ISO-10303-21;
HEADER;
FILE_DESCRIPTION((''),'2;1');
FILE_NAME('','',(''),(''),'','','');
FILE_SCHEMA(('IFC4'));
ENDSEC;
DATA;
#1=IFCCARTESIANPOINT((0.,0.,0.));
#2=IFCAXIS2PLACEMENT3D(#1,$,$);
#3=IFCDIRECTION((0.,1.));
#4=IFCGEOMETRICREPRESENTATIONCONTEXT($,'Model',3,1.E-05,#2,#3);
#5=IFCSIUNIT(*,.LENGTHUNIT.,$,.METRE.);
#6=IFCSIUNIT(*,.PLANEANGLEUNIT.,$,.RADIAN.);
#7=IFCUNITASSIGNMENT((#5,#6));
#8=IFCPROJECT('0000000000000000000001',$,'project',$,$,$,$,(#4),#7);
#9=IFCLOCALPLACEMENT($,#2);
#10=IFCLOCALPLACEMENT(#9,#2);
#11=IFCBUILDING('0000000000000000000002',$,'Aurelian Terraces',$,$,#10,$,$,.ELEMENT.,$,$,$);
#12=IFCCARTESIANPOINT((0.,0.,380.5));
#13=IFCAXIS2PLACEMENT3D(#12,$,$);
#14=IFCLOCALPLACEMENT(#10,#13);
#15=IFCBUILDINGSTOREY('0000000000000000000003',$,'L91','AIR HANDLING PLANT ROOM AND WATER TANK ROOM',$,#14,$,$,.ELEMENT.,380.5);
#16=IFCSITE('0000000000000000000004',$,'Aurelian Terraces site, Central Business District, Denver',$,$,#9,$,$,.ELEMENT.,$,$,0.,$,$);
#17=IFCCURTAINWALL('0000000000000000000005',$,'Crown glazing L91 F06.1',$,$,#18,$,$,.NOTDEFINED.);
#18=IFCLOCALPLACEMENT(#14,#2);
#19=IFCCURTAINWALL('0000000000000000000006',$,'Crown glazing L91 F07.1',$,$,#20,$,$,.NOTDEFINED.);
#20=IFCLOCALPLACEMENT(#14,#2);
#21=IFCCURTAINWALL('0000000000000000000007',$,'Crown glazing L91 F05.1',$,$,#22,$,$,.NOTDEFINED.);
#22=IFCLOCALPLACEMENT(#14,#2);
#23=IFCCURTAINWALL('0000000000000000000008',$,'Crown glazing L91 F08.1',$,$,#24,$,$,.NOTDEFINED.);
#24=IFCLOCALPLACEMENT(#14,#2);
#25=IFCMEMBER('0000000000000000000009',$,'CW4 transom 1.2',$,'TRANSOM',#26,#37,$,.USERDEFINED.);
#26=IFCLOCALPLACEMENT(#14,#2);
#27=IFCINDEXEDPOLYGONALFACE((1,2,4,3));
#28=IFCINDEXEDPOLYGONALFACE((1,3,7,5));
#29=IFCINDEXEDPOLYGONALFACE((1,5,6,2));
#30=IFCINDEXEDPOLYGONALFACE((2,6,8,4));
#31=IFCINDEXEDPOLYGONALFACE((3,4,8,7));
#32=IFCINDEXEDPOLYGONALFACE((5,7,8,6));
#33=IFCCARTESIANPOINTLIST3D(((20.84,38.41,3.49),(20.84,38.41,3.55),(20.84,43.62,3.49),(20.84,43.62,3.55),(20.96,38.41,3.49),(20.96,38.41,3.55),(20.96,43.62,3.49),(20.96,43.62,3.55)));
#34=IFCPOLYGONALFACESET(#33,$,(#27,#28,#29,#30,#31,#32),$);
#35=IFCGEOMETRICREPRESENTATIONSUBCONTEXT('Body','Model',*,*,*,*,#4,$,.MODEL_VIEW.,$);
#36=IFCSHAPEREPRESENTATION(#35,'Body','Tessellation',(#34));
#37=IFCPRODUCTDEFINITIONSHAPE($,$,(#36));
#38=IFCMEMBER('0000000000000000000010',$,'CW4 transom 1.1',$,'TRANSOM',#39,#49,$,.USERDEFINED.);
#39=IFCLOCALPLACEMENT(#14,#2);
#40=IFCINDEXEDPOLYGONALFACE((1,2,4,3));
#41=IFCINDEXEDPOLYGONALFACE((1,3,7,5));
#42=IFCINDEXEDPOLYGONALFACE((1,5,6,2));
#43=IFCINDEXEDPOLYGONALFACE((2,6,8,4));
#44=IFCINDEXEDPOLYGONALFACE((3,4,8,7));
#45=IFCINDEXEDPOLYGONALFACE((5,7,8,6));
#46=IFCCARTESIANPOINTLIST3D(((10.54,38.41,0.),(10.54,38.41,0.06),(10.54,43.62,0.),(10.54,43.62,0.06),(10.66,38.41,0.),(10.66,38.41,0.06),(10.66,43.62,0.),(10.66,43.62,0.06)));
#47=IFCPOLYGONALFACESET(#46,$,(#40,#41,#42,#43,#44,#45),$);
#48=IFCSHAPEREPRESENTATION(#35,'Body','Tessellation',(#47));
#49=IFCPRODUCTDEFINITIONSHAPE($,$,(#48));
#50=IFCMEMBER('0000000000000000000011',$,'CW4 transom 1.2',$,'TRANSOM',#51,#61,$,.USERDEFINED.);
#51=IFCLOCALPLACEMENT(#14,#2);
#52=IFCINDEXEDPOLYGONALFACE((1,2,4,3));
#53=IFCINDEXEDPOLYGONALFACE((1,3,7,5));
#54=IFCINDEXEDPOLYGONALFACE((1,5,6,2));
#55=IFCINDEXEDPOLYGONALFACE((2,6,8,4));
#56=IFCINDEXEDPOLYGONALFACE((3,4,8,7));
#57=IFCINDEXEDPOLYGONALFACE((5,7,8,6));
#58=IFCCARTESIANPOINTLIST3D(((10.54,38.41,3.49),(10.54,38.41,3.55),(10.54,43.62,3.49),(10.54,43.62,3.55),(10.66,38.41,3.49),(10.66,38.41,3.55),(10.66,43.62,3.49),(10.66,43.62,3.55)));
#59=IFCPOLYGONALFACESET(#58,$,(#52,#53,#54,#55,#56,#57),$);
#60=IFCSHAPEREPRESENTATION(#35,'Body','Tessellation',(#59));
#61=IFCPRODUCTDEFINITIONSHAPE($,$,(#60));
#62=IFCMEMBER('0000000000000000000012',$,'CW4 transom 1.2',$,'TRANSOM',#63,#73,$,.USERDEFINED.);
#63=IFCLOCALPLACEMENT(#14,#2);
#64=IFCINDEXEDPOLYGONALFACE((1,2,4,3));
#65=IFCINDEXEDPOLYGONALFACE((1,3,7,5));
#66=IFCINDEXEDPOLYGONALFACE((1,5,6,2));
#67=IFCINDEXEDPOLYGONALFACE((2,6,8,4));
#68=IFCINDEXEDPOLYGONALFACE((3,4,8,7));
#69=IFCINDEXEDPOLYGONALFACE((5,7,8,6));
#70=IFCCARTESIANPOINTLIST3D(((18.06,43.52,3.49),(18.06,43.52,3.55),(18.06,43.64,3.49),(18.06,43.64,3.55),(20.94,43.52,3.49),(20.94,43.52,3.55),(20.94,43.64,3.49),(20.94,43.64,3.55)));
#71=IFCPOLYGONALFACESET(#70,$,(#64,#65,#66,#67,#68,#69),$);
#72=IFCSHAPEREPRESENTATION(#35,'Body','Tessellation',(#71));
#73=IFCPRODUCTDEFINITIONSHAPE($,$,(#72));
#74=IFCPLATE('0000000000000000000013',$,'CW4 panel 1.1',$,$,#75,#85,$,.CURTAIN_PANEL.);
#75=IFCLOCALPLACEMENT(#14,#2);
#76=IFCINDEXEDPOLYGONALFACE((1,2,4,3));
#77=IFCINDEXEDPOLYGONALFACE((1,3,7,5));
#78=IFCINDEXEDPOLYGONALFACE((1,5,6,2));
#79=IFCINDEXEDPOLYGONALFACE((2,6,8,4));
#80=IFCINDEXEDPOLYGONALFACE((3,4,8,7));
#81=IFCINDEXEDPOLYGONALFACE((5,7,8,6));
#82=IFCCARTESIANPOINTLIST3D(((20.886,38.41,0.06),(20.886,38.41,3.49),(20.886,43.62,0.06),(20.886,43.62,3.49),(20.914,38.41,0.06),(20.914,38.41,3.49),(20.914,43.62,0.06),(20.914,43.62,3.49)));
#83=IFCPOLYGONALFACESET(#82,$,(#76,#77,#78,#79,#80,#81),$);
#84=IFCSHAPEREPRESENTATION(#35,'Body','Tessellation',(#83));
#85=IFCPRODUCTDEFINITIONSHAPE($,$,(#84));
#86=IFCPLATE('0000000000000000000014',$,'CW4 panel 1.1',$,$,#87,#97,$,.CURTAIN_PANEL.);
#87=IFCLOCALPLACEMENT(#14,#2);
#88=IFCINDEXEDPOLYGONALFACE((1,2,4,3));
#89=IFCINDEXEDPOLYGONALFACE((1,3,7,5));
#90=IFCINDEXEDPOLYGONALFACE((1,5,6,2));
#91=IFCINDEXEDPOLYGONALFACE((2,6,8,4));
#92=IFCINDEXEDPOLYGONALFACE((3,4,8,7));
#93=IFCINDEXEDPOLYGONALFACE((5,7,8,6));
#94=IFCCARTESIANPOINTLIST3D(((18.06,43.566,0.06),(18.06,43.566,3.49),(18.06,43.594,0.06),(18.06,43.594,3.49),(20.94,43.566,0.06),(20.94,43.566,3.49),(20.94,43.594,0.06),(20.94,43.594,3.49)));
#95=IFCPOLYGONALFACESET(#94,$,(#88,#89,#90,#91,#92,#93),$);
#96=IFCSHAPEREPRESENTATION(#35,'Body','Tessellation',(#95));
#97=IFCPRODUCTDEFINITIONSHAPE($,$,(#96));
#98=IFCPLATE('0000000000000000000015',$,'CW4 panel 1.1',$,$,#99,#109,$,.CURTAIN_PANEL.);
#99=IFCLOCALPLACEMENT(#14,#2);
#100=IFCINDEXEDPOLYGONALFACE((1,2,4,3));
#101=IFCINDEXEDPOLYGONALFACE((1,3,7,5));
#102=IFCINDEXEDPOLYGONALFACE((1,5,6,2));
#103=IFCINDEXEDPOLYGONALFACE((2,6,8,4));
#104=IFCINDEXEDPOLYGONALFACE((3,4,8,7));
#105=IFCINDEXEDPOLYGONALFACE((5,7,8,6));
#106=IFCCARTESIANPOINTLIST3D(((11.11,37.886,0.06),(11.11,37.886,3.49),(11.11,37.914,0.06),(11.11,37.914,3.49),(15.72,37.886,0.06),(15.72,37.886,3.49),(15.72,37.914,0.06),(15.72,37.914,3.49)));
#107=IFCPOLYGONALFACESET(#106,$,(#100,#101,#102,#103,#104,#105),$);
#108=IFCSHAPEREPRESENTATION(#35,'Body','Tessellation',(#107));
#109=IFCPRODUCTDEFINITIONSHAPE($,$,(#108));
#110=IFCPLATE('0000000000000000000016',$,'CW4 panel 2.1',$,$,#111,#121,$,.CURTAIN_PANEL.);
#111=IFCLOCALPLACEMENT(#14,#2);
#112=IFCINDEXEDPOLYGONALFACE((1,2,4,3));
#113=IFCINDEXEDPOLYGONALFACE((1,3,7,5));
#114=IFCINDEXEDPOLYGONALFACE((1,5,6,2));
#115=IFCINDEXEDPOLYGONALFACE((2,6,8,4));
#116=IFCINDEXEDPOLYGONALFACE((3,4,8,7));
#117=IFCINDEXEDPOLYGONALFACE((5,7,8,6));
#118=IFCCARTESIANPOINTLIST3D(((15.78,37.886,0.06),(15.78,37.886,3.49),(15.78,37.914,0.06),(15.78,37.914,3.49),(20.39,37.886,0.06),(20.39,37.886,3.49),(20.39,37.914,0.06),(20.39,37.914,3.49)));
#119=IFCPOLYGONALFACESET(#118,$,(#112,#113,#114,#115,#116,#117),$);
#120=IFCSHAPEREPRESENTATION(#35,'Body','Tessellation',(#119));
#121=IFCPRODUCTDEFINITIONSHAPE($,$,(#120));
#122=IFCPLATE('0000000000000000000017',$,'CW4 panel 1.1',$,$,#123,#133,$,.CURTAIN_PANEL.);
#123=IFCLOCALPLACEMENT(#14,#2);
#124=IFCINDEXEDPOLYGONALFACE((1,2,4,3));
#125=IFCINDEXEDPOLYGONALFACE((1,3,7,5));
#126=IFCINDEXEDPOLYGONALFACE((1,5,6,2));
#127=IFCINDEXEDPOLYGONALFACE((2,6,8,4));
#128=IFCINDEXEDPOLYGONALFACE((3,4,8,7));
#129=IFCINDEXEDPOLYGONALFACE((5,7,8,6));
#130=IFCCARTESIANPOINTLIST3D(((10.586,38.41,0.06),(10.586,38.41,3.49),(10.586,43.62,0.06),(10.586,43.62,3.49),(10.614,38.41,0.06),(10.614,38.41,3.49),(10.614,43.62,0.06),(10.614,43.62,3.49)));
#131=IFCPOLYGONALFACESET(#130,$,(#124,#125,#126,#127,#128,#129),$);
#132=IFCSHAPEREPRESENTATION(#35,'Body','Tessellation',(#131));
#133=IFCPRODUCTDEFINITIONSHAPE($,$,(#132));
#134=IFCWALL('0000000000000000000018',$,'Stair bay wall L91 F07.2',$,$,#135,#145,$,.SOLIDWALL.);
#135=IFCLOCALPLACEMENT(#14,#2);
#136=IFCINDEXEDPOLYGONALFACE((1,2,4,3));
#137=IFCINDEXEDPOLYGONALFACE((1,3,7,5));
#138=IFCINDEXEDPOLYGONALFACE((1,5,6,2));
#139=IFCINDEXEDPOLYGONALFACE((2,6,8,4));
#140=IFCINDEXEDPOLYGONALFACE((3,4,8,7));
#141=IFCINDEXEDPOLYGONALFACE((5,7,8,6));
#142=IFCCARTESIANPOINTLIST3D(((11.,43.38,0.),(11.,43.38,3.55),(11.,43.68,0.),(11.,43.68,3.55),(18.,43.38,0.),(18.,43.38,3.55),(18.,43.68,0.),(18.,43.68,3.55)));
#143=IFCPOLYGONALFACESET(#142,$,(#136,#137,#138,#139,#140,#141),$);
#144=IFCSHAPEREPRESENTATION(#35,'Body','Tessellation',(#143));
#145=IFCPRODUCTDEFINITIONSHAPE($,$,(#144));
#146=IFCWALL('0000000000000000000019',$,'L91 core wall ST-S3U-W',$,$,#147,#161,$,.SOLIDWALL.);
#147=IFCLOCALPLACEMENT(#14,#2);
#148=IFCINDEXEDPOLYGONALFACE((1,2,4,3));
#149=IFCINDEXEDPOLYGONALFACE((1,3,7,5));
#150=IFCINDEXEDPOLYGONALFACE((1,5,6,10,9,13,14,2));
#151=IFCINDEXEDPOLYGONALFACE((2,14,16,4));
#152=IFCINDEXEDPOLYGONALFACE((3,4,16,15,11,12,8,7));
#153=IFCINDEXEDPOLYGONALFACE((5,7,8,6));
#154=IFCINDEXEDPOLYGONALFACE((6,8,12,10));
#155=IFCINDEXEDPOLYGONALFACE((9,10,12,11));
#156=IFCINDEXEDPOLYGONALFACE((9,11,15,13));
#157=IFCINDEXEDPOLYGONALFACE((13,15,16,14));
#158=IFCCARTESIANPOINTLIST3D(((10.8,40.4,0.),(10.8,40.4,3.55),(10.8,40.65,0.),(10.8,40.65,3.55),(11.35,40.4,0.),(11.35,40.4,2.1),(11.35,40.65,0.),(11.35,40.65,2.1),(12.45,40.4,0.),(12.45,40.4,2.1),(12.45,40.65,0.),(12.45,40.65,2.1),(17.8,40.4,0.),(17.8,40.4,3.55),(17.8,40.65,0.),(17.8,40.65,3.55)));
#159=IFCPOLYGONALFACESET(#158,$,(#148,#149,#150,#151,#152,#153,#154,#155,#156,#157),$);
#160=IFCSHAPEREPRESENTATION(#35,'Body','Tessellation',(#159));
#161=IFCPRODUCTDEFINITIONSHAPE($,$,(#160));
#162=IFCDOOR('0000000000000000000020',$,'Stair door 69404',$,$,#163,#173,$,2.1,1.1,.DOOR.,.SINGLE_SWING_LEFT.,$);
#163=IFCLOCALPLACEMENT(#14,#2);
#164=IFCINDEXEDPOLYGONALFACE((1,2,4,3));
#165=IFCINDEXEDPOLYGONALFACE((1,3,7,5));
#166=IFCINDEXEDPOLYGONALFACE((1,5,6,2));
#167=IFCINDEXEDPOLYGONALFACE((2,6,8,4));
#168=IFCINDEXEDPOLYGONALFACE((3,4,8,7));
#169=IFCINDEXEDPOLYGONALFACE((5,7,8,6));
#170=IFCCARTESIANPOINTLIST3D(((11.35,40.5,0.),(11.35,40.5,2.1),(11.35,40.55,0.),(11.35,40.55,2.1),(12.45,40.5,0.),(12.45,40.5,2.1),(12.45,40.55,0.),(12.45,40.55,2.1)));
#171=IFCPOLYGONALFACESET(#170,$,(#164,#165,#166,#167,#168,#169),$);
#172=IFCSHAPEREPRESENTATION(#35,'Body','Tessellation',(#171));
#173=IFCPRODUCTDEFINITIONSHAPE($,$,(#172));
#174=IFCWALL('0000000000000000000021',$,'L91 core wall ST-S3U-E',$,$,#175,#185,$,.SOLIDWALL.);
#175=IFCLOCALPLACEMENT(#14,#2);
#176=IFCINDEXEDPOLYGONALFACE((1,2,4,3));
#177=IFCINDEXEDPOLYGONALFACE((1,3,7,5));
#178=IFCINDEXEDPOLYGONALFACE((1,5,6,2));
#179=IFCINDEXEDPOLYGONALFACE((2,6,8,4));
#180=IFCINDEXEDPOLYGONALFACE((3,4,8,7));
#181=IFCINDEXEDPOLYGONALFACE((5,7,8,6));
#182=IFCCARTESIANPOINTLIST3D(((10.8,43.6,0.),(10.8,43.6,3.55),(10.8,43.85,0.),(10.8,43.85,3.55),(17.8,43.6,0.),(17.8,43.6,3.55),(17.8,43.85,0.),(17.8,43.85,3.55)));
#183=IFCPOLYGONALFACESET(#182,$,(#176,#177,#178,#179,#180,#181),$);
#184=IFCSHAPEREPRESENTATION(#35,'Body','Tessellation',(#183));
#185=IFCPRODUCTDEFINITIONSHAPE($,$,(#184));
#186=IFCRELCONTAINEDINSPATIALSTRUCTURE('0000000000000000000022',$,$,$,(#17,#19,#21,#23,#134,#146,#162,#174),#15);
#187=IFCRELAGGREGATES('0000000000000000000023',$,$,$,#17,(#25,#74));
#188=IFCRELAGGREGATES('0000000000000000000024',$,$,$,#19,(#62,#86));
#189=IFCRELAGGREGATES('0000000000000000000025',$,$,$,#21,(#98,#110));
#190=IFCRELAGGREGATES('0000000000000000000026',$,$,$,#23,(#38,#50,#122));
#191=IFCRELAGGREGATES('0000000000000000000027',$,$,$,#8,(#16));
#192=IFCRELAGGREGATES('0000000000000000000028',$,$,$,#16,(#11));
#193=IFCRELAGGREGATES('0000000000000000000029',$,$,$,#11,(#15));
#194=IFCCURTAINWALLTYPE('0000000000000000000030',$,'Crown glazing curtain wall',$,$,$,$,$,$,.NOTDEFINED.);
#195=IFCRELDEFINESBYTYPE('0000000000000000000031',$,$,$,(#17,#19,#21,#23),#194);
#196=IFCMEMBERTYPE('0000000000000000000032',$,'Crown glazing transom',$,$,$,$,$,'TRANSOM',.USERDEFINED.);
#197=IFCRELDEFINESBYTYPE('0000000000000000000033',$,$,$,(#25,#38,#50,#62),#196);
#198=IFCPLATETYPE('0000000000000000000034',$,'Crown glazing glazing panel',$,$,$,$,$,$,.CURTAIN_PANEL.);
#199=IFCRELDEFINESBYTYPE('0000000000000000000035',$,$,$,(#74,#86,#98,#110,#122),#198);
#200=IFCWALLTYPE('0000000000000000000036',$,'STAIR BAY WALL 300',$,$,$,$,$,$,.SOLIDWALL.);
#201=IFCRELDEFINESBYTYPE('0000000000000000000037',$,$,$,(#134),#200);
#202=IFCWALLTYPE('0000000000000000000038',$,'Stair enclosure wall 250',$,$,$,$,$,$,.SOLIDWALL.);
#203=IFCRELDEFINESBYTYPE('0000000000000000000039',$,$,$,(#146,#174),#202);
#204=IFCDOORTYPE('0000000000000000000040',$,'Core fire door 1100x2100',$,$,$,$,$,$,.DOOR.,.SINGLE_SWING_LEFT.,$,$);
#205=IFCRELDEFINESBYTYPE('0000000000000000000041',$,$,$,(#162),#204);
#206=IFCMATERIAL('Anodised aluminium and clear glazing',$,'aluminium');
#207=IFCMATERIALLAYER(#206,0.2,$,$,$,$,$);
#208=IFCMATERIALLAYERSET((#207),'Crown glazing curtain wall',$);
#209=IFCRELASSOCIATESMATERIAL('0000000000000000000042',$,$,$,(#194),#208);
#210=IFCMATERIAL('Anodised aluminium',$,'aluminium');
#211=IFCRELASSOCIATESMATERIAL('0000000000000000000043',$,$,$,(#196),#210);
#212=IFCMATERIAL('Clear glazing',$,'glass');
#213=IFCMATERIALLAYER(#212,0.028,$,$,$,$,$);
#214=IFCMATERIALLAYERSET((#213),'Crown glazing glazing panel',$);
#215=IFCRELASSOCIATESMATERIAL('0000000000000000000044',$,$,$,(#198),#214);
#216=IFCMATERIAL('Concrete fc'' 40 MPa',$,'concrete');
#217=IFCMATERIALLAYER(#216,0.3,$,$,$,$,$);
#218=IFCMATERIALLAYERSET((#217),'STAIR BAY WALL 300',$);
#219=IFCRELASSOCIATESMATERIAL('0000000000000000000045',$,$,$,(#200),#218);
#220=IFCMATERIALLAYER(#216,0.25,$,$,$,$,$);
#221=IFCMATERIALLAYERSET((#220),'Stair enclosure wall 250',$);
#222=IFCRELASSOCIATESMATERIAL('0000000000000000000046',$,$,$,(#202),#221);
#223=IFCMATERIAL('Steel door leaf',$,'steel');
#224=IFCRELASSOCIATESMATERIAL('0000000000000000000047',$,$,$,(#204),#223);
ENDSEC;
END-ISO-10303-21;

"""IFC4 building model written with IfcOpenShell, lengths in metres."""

from ifc_helpers import new_model, si_unit, direction, frame, frame_2d, origin, origin_2d, place, context, subcontext, project, spatial, rectangle, extrude, source, transform, mapped, material, layer, layer_set, material_profile, profile_set, type_object, element, fill, aggregate, save


model = new_model("IFC4")

# Units and contexts
model_context = context("Model", 3, precision=1e-05, world=origin(), true_north=direction((0.0, 1.0)))
body_context = subcontext(model_context, "Body", "Model", "MODEL_VIEW")
ifc_project = project(units=[si_unit("LENGTHUNIT", "METRE"), si_unit("PLANEANGLEUNIT", "RADIAN")], contexts=[model_context])

# Site, building, storey
site_placement = place(None, origin())
site = spatial("IfcSite", under=ifc_project, at=site_placement, Name="Aurelian Terraces site, Central Business District, Denver", CompositionType="ELEMENT", RefElevation=0.0)
building_placement = place(site_placement, origin())
building = spatial("IfcBuilding", under=site, at=building_placement, Name="Aurelian Terraces", CompositionType="ELEMENT")
storey_placement = place(building_placement, frame((0.0, 0.0, 380.5)))
storey = spatial("IfcBuildingStorey", under=building, at=storey_placement, Name="L91", Description="AIR HANDLING PLANT ROOM AND WATER TANK ROOM", CompositionType="ELEMENT", Elevation=380.5)

# Curtain walls
ifc_material_1 = material(Name="Anodised aluminium and clear glazing", Category="aluminium")
ifc_layer_1 = layer(ifc_material_1, 0.2)
ifc_layer_set_1 = layer_set([ifc_layer_1], Name="Crown glazing curtain wall")
curtain_wall_type = type_object("IfcCurtainWallType", Name="Crown glazing curtain wall", PredefinedType="NOTDEFINED", material=ifc_layer_set_1)
curtain_wall_1_placement = place(storey_placement, origin())
curtain_wall_1 = element("IfcCurtainWall", 1, at=curtain_wall_1_placement, inside=storey, type_object=curtain_wall_type, Name="Crown glazing L91 F06.1", PredefinedType="NOTDEFINED")
ifc_material_2 = material(Name="Anodised aluminium", Category="aluminium")
ifc_material_profile_1 = material_profile(ifc_material_2, rectangle(XDim=0.12, YDim=0.06, at=origin_2d()))
ifc_profile_set_1 = profile_set([ifc_material_profile_1], Name="Anodised aluminium")
member_type_1 = type_object("IfcMemberType", Name="Crown glazing transom", ElementType="TRANSOM", PredefinedType="USERDEFINED", material=ifc_profile_set_1)
curtain_wall_2_placement = place(storey_placement, origin())
curtain_wall_2 = element("IfcCurtainWall", 2, at=curtain_wall_2_placement, inside=storey, type_object=curtain_wall_type, Name="Crown glazing L91 F07.1", PredefinedType="NOTDEFINED")

# Curtain wall
curtain_wall_3_placement = place(storey_placement, origin())
curtain_wall_3 = element("IfcCurtainWall", 3, at=curtain_wall_3_placement, inside=storey, type_object=curtain_wall_type, Name="Crown glazing L91 F05.1", PredefinedType="NOTDEFINED")

# Curtain wall
curtain_wall_4_placement = place(storey_placement, origin())
curtain_wall_4 = element("IfcCurtainWall", 4, at=curtain_wall_4_placement, inside=storey, type_object=curtain_wall_type, Name="Crown glazing L91 F08.1", PredefinedType="NOTDEFINED")

# Members
shared_shape_1 = source(origin(), body_context, "Body", "SweptSolid", [
    extrude(rectangle(XDim=0.12, YDim=0.06, at=origin_2d()), origin(), (0.0, 0.0, 1.0), 5.21),
])
member_1_placement = place(storey_placement, frame((20.9, 38.41, 3.52), z_axis=(0.0, 1.0, 0.0), x_axis=(-1.0, 0.0, 0.0)))
member_1 = element("IfcMember", 5, at=member_1_placement, type_object=member_type_1, Name="CW4 transom 1.2", ObjectType="TRANSOM", PredefinedType="USERDEFINED", context=body_context, shape_type="MappedRepresentation", body=[
    mapped(shared_shape_1, transform((0.0, 0.0, 0.0), scale=1.0)),
])
member_2_placement = place(storey_placement, frame((10.6, 43.62, 0.03), z_axis=(0.0, -1.0, 0.0), x_axis=(1.0, 0.0, 0.0)))
member_2 = element("IfcMember", 6, at=member_2_placement, type_object=member_type_1, Name="CW4 transom 1.1", ObjectType="TRANSOM", PredefinedType="USERDEFINED", context=body_context, shape_type="MappedRepresentation", body=[
    mapped(shared_shape_1, transform((0.0, 0.0, 0.0), scale=1.0)),
])
member_3_placement = place(storey_placement, frame((10.6, 43.62, 3.52), z_axis=(0.0, -1.0, 0.0), x_axis=(1.0, 0.0, 0.0)))
member_3 = element("IfcMember", 7, at=member_3_placement, type_object=member_type_1, Name="CW4 transom 1.2", ObjectType="TRANSOM", PredefinedType="USERDEFINED", context=body_context, shape_type="MappedRepresentation", body=[
    mapped(shared_shape_1, transform((0.0, 0.0, 0.0), scale=1.0)),
])
shared_shape_2 = source(origin(), body_context, "Body", "SweptSolid", [
    extrude(rectangle(XDim=0.12, YDim=0.06, at=origin_2d()), origin(), (0.0, 0.0, 1.0), 2.88),
])
member_4_placement = place(storey_placement, frame((20.94, 43.58, 3.52), z_axis=(-1.0, 0.0, 0.0), x_axis=(0.0, -1.0, 0.0)))
member_4 = element("IfcMember", 8, at=member_4_placement, type_object=member_type_1, Name="CW4 transom 1.2", ObjectType="TRANSOM", PredefinedType="USERDEFINED", context=body_context, shape_type="MappedRepresentation", body=[
    mapped(shared_shape_2, transform((0.0, 0.0, 0.0), scale=1.0)),
])

# Plates
ifc_material_3 = material(Name="Clear glazing", Category="glass")
ifc_layer_2 = layer(ifc_material_3, 0.028)
ifc_layer_set_2 = layer_set([ifc_layer_2], Name="Crown glazing glazing panel")
plate_type = type_object("IfcPlateType", Name="Crown glazing glazing panel", PredefinedType="CURTAIN_PANEL", material=ifc_layer_set_2)
plate_1_placement = place(storey_placement, frame((20.9, 41.015, 0.06), z_axis=(0.0, 0.0, 1.0), x_axis=(0.0, 1.0, 0.0)))
plate_1 = element("IfcPlate", 9, at=plate_1_placement, type_object=plate_type, Name="CW4 panel 1.1", PredefinedType="CURTAIN_PANEL", context=body_context, shape_type="SweptSolid", body=[
    extrude(rectangle(XDim=5.21, YDim=0.028, at=origin_2d()), origin(), (0.0, 0.0, 1.0), 3.43),
])
aggregate(curtain_wall_1, [member_1, plate_1])
plate_2_placement = place(storey_placement, frame((19.5, 43.58, 0.06), z_axis=(0.0, 0.0, 1.0), x_axis=(-1.0, 0.0, 0.0)))
plate_2 = element("IfcPlate", 10, at=plate_2_placement, type_object=plate_type, Name="CW4 panel 1.1", PredefinedType="CURTAIN_PANEL", context=body_context, shape_type="SweptSolid", body=[
    extrude(rectangle(XDim=2.88, YDim=0.028, at=origin_2d()), origin(), (0.0, 0.0, 1.0), 3.43),
])
aggregate(curtain_wall_2, [member_4, plate_2])
shared_shape_3 = source(origin(), body_context, "Body", "SweptSolid", [
    extrude(rectangle(XDim=4.61, YDim=0.028, at=origin_2d()), origin(), (0.0, 0.0, 1.0), 3.43),
])
plate_3_placement = place(storey_placement, frame((13.415, 37.9, 0.06), z_axis=(0.0, 0.0, 1.0), x_axis=(1.0, 0.0, 0.0)))
plate_3 = element("IfcPlate", 11, at=plate_3_placement, type_object=plate_type, Name="CW4 panel 1.1", PredefinedType="CURTAIN_PANEL", context=body_context, shape_type="MappedRepresentation", body=[
    mapped(shared_shape_3, transform((0.0, 0.0, 0.0), scale=1.0)),
])
plate_4_placement = place(storey_placement, frame((18.085, 37.9, 0.06), z_axis=(0.0, 0.0, 1.0), x_axis=(1.0, 0.0, 0.0)))
plate_4 = element("IfcPlate", 12, at=plate_4_placement, type_object=plate_type, Name="CW4 panel 2.1", PredefinedType="CURTAIN_PANEL", context=body_context, shape_type="MappedRepresentation", body=[
    mapped(shared_shape_3, transform((0.0, 0.0, 0.0), scale=1.0)),
])
aggregate(curtain_wall_3, [plate_3, plate_4])
shared_shape_4 = source(origin(), body_context, "Body", "SweptSolid", [
    extrude(rectangle(XDim=5.21, YDim=0.028, at=origin_2d()), origin(), (0.0, 0.0, 1.0), 3.43),
])
plate_5_placement = place(storey_placement, frame((10.6, 41.015, 0.06), z_axis=(0.0, 0.0, 1.0), x_axis=(0.0, -1.0, 0.0)))
plate_5 = element("IfcPlate", 13, at=plate_5_placement, type_object=plate_type, Name="CW4 panel 1.1", PredefinedType="CURTAIN_PANEL", context=body_context, shape_type="MappedRepresentation", body=[
    mapped(shared_shape_4, transform((0.0, 0.0, 0.0), scale=1.0)),
])
aggregate(curtain_wall_4, [member_2, member_3, plate_5])

# Wall
ifc_material_4 = material(Name="Concrete fc' 40 MPa", Category="concrete")
ifc_layer_3 = layer(ifc_material_4, 0.3)
ifc_layer_set_3 = layer_set([ifc_layer_3], Name="STAIR BAY WALL 300")
wall_type_1 = type_object("IfcWallType", Name="STAIR BAY WALL 300", PredefinedType="SOLIDWALL", material=ifc_layer_set_3)
wall_1_placement = place(storey_placement, frame((18.0, 43.53, 0.0), z_axis=(0.0, 0.0, 1.0), x_axis=(-1.0, 0.0, 0.0)))
element("IfcWall", 14, at=wall_1_placement, inside=storey, type_object=wall_type_1, Name="Stair bay wall L91 F07.2", PredefinedType="SOLIDWALL", context=body_context, shape_type="SweptSolid", body=[
    extrude(rectangle(XDim=7.0, YDim=0.3, at=frame_2d((3.5, 0.0))), origin(), (0.0, 0.0, 1.0), 3.55),
])

# Wall, opening, door
ifc_layer_4 = layer(ifc_material_4, 0.25)
ifc_layer_set_4 = layer_set([ifc_layer_4], Name="Stair enclosure wall 250")
wall_type_2 = type_object("IfcWallType", Name="Stair enclosure wall 250", PredefinedType="SOLIDWALL", material=ifc_layer_set_4)
shared_shape_5 = source(origin(), body_context, "Body", "SweptSolid", [
    extrude(rectangle(XDim=7.0, YDim=0.25, at=frame_2d((3.5, 0.0))), origin(), (0.0, 0.0, 1.0), 3.55),
])
wall_2_placement = place(storey_placement, frame((10.8, 40.525, 0.0), z_axis=(0.0, 0.0, 1.0), x_axis=(1.0, 0.0, 0.0)))
wall_2 = element("IfcWall", 15, at=wall_2_placement, inside=storey, type_object=wall_type_2, Name="L91 core wall ST-S3U-W", PredefinedType="SOLIDWALL", context=body_context, shape_type="MappedRepresentation", body=[
    mapped(shared_shape_5, transform((0.0, 0.0, 0.0), scale=1.0)),
])
shared_shape_6 = source(origin(), body_context, "Body", "SweptSolid", [
    extrude(rectangle(XDim=1.1, YDim=2.1, at=frame_2d((0.55, 1.05))), frame((0.0, 0.135, 0.0), z_axis=(0.0, -1.0, 0.0), x_axis=(1.0, 0.0, 0.0)), (0.0, 0.0, 1.0), 0.27),
])
opening_1_placement = place(wall_2_placement, frame((0.55, 0.0, 0.0)))
opening_1 = element("IfcOpeningElement", 16, at=opening_1_placement, cuts=wall_2, PredefinedType="OPENING", context=body_context, shape_type="MappedRepresentation", body=[
    mapped(shared_shape_6, transform((0.0, 0.0, 0.0), scale=1.0)),
])
ifc_material_5 = material(Name="Steel door leaf", Category="steel")
door_type_1 = type_object("IfcDoorType", Name="Core fire door 1100x2100", OperationType="SINGLE_SWING_LEFT", PredefinedType="DOOR", material=ifc_material_5)
shared_shape_7 = source(origin(), body_context, "Body", "SweptSolid", [
    extrude(rectangle(XDim=1.1, YDim=2.1, at=frame_2d((0.55, 1.05))), frame((0.0, 0.025, 0.0), z_axis=(0.0, -1.0, 0.0), x_axis=(1.0, 0.0, 0.0)), (0.0, 0.0, 1.0), 0.05),
])
door_1_placement = place(opening_1_placement, origin())
door_1 = element("IfcDoor", 17, at=door_1_placement, inside=storey, type_object=door_type_1, Name="Stair door 69404", OperationType="SINGLE_SWING_LEFT", OverallHeight=2.1, OverallWidth=1.1, PredefinedType="DOOR", context=body_context, shape_type="MappedRepresentation", body=[
    mapped(shared_shape_7, transform((0.0, 0.0, 0.0), scale=1.0)),
])
fill(opening_1, door_1)

# Wall
wall_3_placement = place(storey_placement, frame((10.8, 43.725, 0.0), z_axis=(0.0, 0.0, 1.0), x_axis=(1.0, 0.0, 0.0)))
element("IfcWall", 18, at=wall_3_placement, inside=storey, type_object=wall_type_2, Name="L91 core wall ST-S3U-E", PredefinedType="SOLIDWALL", context=body_context, shape_type="MappedRepresentation", body=[
    mapped(shared_shape_5, transform((0.0, 0.0, 0.0), scale=1.0)),
])

save(model, "model.ifc")
